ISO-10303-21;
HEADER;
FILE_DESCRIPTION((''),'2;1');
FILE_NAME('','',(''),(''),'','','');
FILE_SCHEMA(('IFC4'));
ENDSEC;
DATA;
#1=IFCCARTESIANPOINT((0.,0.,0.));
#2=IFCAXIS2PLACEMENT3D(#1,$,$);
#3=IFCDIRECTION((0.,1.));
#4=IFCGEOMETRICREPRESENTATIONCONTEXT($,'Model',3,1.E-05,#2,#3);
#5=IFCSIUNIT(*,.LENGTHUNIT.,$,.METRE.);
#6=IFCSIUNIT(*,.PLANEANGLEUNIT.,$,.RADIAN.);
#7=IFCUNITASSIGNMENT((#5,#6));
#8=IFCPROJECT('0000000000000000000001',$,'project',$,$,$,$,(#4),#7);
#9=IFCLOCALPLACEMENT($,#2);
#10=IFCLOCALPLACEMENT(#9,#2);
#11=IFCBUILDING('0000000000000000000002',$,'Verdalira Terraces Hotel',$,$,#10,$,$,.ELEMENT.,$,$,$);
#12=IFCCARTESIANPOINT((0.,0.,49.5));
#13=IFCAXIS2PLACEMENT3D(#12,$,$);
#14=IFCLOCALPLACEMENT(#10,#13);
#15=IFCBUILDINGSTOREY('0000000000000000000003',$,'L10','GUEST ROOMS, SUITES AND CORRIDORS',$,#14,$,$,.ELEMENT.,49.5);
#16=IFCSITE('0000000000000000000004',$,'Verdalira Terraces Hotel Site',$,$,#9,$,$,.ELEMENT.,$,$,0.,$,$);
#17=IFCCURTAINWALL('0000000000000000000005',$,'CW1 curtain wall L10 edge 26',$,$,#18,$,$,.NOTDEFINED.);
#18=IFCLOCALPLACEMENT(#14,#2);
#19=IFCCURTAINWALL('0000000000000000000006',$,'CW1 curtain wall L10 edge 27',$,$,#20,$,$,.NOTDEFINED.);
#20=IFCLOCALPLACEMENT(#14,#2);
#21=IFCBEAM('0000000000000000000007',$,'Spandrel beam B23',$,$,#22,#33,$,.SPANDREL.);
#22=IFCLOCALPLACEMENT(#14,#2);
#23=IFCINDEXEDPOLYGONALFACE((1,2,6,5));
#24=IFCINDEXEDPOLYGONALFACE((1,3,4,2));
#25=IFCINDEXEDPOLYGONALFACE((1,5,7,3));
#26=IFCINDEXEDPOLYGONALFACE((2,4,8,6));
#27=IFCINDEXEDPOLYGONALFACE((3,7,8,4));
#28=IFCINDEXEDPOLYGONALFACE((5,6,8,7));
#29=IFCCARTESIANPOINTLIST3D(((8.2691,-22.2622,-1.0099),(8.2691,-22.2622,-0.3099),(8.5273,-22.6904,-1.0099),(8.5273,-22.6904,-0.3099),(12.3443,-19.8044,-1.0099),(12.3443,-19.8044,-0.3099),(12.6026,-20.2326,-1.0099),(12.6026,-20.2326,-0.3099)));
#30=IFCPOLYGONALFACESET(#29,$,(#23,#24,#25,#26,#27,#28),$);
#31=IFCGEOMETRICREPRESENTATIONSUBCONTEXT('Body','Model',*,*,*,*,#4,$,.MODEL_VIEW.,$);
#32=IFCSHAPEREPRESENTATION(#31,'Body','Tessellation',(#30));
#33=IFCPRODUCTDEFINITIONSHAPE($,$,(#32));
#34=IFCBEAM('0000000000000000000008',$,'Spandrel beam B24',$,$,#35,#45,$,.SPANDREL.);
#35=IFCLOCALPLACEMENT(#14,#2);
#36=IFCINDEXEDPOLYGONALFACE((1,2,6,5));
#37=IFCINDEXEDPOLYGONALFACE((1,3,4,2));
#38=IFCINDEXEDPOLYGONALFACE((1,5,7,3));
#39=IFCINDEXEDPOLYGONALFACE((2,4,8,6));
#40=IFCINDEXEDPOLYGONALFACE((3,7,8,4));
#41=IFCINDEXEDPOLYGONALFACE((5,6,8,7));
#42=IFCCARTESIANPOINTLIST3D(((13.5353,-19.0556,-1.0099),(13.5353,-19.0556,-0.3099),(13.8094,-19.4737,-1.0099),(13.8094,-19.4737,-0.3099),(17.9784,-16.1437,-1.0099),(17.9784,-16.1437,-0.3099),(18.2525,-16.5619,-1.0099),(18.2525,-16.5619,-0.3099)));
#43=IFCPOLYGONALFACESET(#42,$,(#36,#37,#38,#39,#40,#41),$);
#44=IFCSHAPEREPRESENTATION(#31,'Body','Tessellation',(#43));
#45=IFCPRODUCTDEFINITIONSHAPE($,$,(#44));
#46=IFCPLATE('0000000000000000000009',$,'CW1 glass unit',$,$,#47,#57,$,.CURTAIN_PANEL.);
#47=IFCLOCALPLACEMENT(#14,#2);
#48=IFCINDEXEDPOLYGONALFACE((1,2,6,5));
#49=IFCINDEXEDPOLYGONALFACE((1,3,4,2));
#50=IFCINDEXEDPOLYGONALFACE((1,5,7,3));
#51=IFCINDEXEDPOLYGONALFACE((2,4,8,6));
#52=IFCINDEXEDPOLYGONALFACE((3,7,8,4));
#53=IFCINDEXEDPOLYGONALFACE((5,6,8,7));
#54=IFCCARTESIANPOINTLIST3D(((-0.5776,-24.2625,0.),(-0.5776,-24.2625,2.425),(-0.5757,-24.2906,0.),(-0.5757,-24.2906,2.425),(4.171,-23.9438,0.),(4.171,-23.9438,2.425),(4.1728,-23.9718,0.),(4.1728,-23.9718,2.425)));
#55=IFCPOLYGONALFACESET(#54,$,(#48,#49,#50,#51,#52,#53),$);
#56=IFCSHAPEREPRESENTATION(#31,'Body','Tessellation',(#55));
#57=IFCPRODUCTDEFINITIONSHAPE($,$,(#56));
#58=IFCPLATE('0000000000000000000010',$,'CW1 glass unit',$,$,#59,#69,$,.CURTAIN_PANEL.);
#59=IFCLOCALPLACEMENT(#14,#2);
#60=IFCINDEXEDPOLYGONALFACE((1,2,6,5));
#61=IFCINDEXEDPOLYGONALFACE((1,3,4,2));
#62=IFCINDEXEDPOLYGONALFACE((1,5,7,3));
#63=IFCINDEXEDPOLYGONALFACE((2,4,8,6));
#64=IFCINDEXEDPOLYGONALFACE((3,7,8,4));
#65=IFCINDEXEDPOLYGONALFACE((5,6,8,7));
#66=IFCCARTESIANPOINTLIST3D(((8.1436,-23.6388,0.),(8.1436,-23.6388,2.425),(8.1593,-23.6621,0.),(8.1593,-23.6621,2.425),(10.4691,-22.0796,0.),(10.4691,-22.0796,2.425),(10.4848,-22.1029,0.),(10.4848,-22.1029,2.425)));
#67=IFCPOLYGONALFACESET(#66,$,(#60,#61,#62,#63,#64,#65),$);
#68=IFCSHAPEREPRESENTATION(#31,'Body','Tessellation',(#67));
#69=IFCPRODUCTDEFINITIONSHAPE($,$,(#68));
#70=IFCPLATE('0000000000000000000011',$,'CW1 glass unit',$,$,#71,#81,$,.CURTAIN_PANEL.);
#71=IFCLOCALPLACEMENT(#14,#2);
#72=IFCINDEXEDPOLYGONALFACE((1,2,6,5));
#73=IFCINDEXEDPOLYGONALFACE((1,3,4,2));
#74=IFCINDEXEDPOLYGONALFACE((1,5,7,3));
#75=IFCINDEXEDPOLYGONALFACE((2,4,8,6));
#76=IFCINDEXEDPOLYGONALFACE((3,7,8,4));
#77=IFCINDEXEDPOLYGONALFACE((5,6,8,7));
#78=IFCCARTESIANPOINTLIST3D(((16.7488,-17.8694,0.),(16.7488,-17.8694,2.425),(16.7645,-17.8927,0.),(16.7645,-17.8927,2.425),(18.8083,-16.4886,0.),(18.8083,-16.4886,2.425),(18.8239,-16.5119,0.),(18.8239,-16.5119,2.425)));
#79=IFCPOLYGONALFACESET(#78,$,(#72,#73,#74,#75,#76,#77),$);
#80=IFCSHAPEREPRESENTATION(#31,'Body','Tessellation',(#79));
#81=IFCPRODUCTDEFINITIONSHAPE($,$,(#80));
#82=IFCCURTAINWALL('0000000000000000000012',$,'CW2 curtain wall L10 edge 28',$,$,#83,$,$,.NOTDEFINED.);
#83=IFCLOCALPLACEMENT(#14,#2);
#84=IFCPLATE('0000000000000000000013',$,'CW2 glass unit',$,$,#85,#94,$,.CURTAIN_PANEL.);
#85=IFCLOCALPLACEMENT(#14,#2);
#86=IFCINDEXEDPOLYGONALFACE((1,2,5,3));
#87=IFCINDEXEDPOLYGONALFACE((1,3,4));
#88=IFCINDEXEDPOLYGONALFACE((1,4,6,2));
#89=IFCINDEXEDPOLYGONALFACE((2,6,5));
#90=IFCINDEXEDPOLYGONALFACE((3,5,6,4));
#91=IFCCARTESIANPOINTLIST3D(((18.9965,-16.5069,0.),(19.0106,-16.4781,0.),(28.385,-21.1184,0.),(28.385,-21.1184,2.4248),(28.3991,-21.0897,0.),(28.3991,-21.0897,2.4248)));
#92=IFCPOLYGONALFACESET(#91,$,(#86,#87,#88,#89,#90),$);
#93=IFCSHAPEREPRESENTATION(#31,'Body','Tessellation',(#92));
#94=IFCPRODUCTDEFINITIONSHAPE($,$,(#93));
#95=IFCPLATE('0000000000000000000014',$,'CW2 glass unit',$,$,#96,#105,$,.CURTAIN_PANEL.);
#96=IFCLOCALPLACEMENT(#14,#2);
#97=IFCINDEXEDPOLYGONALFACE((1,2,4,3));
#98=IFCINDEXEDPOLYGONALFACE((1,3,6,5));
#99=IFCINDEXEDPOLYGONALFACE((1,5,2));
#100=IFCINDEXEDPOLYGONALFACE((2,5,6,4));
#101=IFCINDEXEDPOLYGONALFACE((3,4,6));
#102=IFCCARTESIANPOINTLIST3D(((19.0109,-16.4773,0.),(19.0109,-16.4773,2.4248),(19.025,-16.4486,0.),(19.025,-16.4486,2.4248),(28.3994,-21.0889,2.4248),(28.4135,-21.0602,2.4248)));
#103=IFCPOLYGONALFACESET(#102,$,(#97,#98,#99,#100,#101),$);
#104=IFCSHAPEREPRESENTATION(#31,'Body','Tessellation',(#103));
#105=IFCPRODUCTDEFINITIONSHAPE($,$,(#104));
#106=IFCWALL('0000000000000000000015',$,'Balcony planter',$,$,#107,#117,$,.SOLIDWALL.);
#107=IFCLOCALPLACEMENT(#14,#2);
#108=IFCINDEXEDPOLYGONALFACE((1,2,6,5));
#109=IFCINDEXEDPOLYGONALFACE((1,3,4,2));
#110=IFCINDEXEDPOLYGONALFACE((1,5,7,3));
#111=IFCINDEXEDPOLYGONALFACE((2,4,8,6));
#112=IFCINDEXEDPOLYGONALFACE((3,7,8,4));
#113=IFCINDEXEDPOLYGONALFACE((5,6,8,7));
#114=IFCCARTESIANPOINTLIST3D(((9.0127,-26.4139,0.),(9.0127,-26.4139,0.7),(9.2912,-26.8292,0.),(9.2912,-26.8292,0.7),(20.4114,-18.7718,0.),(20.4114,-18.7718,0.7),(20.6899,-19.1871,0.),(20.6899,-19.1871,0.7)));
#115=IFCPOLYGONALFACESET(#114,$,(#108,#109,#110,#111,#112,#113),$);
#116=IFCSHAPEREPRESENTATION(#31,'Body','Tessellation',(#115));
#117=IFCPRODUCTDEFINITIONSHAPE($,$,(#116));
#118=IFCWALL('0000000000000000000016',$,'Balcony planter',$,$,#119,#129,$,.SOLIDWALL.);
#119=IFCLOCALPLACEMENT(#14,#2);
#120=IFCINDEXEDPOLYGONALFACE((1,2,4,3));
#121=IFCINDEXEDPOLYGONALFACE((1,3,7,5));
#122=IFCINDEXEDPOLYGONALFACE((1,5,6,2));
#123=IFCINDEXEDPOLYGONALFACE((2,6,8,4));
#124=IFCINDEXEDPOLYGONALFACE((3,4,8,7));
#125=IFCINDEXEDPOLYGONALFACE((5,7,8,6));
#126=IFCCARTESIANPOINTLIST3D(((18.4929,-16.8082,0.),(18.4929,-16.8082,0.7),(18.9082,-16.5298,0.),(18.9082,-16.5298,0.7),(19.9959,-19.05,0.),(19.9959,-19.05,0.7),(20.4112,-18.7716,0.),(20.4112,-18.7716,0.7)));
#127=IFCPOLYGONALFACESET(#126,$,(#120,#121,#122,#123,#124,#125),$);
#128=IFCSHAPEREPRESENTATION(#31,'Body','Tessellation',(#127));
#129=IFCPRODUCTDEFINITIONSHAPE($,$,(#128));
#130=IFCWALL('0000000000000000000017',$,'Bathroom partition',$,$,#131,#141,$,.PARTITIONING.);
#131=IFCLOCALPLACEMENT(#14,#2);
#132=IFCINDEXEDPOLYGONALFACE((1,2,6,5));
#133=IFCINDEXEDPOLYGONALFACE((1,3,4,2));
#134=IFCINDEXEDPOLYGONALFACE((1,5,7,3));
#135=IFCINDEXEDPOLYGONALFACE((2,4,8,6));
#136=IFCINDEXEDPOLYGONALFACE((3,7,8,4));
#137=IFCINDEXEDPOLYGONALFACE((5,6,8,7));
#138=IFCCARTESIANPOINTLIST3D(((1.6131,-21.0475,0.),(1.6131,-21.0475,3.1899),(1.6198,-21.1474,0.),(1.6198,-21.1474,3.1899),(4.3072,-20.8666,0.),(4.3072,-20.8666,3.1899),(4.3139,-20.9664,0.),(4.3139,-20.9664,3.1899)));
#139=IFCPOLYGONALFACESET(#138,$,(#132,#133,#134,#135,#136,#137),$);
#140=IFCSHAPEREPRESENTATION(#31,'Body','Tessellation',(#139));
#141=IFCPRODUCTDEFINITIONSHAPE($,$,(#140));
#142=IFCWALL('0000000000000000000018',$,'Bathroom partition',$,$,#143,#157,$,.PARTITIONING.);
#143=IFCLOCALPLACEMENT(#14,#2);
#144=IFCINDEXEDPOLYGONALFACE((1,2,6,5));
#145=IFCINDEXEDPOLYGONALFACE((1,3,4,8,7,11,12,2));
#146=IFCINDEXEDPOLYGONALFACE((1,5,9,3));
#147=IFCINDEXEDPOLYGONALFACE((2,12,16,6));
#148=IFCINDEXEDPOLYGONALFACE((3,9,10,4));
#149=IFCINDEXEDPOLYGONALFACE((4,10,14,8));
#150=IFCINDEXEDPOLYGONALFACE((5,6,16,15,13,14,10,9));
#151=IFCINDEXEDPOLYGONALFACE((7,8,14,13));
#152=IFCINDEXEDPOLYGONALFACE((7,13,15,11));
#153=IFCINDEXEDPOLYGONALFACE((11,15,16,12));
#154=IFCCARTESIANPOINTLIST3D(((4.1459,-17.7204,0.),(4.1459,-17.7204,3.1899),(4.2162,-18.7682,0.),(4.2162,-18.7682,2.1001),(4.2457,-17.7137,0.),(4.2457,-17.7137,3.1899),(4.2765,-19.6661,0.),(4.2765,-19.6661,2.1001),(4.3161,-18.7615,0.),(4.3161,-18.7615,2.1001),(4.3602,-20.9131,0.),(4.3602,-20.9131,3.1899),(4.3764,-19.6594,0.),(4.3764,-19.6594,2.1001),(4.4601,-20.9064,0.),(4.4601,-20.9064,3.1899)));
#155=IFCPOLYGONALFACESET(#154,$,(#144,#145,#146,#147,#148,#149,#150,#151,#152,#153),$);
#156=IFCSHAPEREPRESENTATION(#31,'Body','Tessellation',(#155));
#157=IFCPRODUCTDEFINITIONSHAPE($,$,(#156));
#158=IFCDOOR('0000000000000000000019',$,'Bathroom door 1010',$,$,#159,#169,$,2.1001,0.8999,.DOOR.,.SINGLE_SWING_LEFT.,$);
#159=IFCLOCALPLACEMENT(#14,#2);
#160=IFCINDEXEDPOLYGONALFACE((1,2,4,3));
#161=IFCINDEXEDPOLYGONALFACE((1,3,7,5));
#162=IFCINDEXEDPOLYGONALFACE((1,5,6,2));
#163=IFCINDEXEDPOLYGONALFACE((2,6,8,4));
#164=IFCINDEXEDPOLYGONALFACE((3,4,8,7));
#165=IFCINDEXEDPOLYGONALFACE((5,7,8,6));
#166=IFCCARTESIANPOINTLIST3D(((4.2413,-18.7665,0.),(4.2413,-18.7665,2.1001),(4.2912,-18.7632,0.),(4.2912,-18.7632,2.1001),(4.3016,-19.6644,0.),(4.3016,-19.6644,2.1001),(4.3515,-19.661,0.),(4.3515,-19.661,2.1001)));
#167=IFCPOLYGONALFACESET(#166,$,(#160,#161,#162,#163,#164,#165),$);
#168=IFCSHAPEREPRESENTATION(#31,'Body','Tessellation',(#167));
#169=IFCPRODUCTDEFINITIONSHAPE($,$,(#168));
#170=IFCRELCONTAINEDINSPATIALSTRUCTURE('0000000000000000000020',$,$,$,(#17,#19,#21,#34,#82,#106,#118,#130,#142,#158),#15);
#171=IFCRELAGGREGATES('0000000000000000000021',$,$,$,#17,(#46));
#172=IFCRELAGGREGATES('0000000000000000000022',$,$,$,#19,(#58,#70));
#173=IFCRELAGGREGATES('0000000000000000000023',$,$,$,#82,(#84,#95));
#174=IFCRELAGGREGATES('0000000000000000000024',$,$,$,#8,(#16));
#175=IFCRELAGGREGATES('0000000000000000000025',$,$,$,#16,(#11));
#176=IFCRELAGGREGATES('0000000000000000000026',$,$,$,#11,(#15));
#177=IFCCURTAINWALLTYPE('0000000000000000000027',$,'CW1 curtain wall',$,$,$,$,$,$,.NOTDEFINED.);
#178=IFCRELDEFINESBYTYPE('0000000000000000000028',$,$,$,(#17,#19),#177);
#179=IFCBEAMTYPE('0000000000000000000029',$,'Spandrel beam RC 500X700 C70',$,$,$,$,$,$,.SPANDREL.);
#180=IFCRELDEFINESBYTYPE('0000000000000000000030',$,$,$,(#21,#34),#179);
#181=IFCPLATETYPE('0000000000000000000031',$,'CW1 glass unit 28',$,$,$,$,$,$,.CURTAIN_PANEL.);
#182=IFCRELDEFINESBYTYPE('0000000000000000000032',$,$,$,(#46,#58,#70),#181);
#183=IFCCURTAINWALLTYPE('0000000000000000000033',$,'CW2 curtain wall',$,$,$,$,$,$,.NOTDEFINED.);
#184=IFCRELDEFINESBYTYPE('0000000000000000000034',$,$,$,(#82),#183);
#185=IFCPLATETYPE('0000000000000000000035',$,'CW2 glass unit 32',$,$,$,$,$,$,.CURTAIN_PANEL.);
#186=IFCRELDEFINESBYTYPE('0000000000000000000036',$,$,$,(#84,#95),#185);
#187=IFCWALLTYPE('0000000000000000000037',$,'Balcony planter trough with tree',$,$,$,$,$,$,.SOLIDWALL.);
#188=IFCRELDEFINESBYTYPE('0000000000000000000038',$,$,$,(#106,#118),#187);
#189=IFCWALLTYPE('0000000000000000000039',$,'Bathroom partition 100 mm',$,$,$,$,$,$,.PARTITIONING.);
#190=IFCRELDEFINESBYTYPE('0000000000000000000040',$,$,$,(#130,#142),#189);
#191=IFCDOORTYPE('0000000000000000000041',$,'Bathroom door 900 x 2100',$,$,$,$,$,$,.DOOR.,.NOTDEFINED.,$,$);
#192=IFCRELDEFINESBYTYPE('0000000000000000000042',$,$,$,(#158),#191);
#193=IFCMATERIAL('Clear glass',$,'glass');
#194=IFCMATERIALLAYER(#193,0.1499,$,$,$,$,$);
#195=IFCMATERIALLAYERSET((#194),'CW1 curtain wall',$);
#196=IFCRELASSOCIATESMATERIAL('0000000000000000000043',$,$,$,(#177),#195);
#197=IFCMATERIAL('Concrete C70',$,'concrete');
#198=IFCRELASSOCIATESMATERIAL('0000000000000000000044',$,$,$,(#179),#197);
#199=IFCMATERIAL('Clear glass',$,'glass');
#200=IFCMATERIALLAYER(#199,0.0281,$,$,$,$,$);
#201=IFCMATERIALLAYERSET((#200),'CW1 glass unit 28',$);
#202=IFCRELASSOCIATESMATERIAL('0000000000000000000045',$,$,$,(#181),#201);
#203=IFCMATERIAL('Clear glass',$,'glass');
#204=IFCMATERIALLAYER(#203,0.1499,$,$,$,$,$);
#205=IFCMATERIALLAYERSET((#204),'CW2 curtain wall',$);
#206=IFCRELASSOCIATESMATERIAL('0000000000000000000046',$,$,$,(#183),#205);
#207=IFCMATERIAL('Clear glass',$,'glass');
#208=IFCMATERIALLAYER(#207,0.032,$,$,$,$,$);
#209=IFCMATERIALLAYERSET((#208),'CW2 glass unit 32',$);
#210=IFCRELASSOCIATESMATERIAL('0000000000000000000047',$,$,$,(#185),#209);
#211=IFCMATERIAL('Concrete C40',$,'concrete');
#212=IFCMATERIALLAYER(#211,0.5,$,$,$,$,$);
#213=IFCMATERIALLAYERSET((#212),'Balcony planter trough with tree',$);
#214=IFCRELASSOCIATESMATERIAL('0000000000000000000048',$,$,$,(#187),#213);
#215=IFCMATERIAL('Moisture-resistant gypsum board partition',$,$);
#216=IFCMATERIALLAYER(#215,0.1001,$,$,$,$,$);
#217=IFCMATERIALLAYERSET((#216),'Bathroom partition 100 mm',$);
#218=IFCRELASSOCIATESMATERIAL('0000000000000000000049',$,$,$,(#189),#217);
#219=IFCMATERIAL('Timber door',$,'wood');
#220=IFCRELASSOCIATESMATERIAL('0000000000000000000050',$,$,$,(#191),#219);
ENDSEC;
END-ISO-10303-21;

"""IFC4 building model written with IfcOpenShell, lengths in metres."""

from ifc_helpers import new_model, si_unit, direction, frame, frame_2d, origin, origin_2d, place, context, subcontext, project, spatial, polyline, rectangle, outline, extrude, material, layer, layer_set, material_profile, profile_set, type_object, element, fill, aggregate, save


model = new_model("IFC4")

# Units and contexts
model_context = context("Model", 3, precision=1e-05, world=origin(), true_north=direction((0.0, 1.0)))
body_context = subcontext(model_context, "Body", "Model", "MODEL_VIEW")
ifc_project = project(units=[si_unit("LENGTHUNIT", "METRE"), si_unit("PLANEANGLEUNIT", "RADIAN")], contexts=[model_context])

# Site, building, storey
site_placement = place(None, origin())
site = spatial("IfcSite", under=ifc_project, at=site_placement, Name="Verdalira Terraces Hotel Site", CompositionType="ELEMENT", RefElevation=0.0)
building_placement = place(site_placement, origin())
building = spatial("IfcBuilding", under=site, at=building_placement, Name="Verdalira Terraces Hotel", CompositionType="ELEMENT")
storey_placement = place(building_placement, frame((0.0, 0.0, 49.5)))
storey = spatial("IfcBuildingStorey", under=building, at=storey_placement, Name="L10", Description="GUEST ROOMS, SUITES AND CORRIDORS", CompositionType="ELEMENT", Elevation=49.5)

# Curtain wall
ifc_material_1 = material(Name="Clear glass", Category="glass")
ifc_layer_1 = layer(ifc_material_1, 0.1499)
ifc_layer_set_1 = layer_set([ifc_layer_1], Name="CW1 curtain wall")
curtain_wall_type_1 = type_object("IfcCurtainWallType", Name="CW1 curtain wall", PredefinedType="NOTDEFINED", material=ifc_layer_set_1)
curtain_wall_1_placement = place(storey_placement, origin())
curtain_wall_1 = element("IfcCurtainWall", 1, at=curtain_wall_1_placement, inside=storey, type_object=curtain_wall_type_1, Name="CW1 curtain wall L10 edge 26", PredefinedType="NOTDEFINED")

# Curtain wall
curtain_wall_2_placement = place(storey_placement, origin())
curtain_wall_2 = element("IfcCurtainWall", 2, at=curtain_wall_2_placement, inside=storey, type_object=curtain_wall_type_1, Name="CW1 curtain wall L10 edge 27", PredefinedType="NOTDEFINED")

# Beams
ifc_material_2 = material(Name="Concrete C70", Category="concrete")
ifc_material_profile_1 = material_profile(ifc_material_2, rectangle(XDim=0.5, YDim=0.7, at=origin_2d()), Name="RC 500X700")
ifc_profile_set_1 = profile_set([ifc_material_profile_1], Name="Concrete C70")
beam_type_1 = type_object("IfcBeamType", Name="Spandrel beam RC 500X700 C70", PredefinedType="SPANDREL", material=ifc_profile_set_1)
beam_1_placement = place(storey_placement, frame((8.3982, -22.4763, -0.6599), z_axis=(0.856318, 0.516448, 0.0), x_axis=(-0.516448, 0.856318, 0.0)))
element("IfcBeam", 3, at=beam_1_placement, inside=storey, type_object=beam_type_1, Name="Spandrel beam B23", PredefinedType="SPANDREL", context=body_context, shape_type="SweptSolid", body=[
    extrude(rectangle(XDim=0.5, YDim=0.7, at=origin_2d()), origin(), (0.0, 0.0, 1.0), 4.759),
])
beam_2_placement = place(storey_placement, frame((13.6724, -19.2646, -0.6599), z_axis=(0.836387, 0.548139, 0.0), x_axis=(-0.548139, 0.836387, 0.0)))
element("IfcBeam", 4, at=beam_2_placement, inside=storey, type_object=beam_type_1, Name="Spandrel beam B24", PredefinedType="SPANDREL", context=body_context, shape_type="SweptSolid", body=[
    extrude(rectangle(XDim=0.5, YDim=0.7, at=origin_2d()), origin(), (0.0, 0.0, 1.0), 5.3123),
])

# Plates
ifc_material_3 = material(Name="Clear glass", Category="glass")
ifc_layer_2 = layer(ifc_material_3, 0.0281)
ifc_layer_set_2 = layer_set([ifc_layer_2], Name="CW1 glass unit 28")
plate_type_1 = type_object("IfcPlateType", Name="CW1 glass unit 28", PredefinedType="CURTAIN_PANEL", material=ifc_layer_set_2)
plate_1_placement = place(storey_placement, frame((1.7976, -24.1172, 0.0), z_axis=(0.0, 0.0, 1.0), x_axis=(0.997755, 0.06697, 0.0)))
plate_1 = element("IfcPlate", 5, at=plate_1_placement, type_object=plate_type_1, Name="CW1 glass unit", PredefinedType="CURTAIN_PANEL", context=body_context, shape_type="SweptSolid", body=[
    extrude(rectangle(XDim=4.7593, YDim=0.0281, at=origin_2d()), origin(), (0.0, 0.0, 1.0), 2.425),
])
aggregate(curtain_wall_1, [plate_1])
plate_2_placement = place(storey_placement, frame((9.3142, -22.8709, 0.0), z_axis=(0.0, 0.0, 1.0), x_axis=(0.830596, 0.556876, 0.0)))
plate_2 = element("IfcPlate", 6, at=plate_2_placement, type_object=plate_type_1, Name="CW1 glass unit", PredefinedType="CURTAIN_PANEL", context=body_context, shape_type="SweptSolid", body=[
    extrude(rectangle(XDim=2.7998, YDim=0.0281, at=origin_2d()), origin(), (0.0, 0.0, 1.0), 2.425),
])
plate_3_placement = place(storey_placement, frame((17.7864, -17.1907, 0.0), z_axis=(0.0, 0.0, 1.0), x_axis=(0.830596, 0.556876, 0.0)))
plate_3 = element("IfcPlate", 7, at=plate_3_placement, type_object=plate_type_1, Name="CW1 glass unit", PredefinedType="CURTAIN_PANEL", context=body_context, shape_type="SweptSolid", body=[
    extrude(rectangle(XDim=2.4795, YDim=0.0281, at=origin_2d()), origin(), (0.0, 0.0, 1.0), 2.425),
])
aggregate(curtain_wall_2, [plate_2, plate_3])

# Curtain wall, plates
ifc_material_4 = material(Name="Clear glass", Category="glass")
ifc_layer_3 = layer(ifc_material_4, 0.1499)
ifc_layer_set_3 = layer_set([ifc_layer_3], Name="CW2 curtain wall")
curtain_wall_type_2 = type_object("IfcCurtainWallType", Name="CW2 curtain wall", PredefinedType="NOTDEFINED", material=ifc_layer_set_3)
curtain_wall_3_placement = place(storey_placement, origin())
curtain_wall_3 = element("IfcCurtainWall", 8, at=curtain_wall_3_placement, inside=storey, type_object=curtain_wall_type_2, Name="CW2 curtain wall L10 edge 28", PredefinedType="NOTDEFINED")
ifc_material_5 = material(Name="Clear glass", Category="glass")
ifc_layer_4 = layer(ifc_material_5, 0.032)
ifc_layer_set_4 = layer_set([ifc_layer_4], Name="CW2 glass unit 32")
plate_type_2 = type_object("IfcPlateType", Name="CW2 glass unit 32", PredefinedType="CURTAIN_PANEL", material=ifc_layer_set_4)
plate_4_placement = place(storey_placement, frame((23.7048, -18.7839, 1.2124), z_axis=(-0.440879, -0.897566, 0.0), x_axis=(0.897566, -0.440879, 0.0)))
plate_4 = element("IfcPlate", 9, at=plate_4_placement, type_object=plate_type_2, Name="CW2 glass unit", PredefinedType="CURTAIN_PANEL", context=body_context, shape_type="SweptSolid", body=[
    extrude(outline(polyline([(-5.23, -1.2124), (5.23, -1.2124), (5.23, 1.2124), (-5.23, -1.2124)])), origin(), (0.0, 0.0, 1.0), 0.032),
])
plate_5_placement = place(storey_placement, frame((23.7192, -18.7544, 1.2124), z_axis=(-0.440879, -0.897566, 0.0), x_axis=(0.897566, -0.440879, 0.0)))
plate_5 = element("IfcPlate", 10, at=plate_5_placement, type_object=plate_type_2, Name="CW2 glass unit", PredefinedType="CURTAIN_PANEL", context=body_context, shape_type="SweptSolid", body=[
    extrude(outline(polyline([(-5.23, -1.2124), (5.23, 1.2124), (-5.23, 1.2124), (-5.23, -1.2124)])), origin(), (0.0, 0.0, 1.0), 0.032),
])
aggregate(curtain_wall_3, [plate_4, plate_5])

# Walls
ifc_material_6 = material(Name="Concrete C40", Category="concrete")
ifc_layer_5 = layer(ifc_material_6, 0.5)
ifc_layer_set_5 = layer_set([ifc_layer_5], Name="Balcony planter trough with tree")
wall_type_1 = type_object("IfcWallType", Name="Balcony planter trough with tree", PredefinedType="SOLIDWALL", material=ifc_layer_set_5)
wall_1_placement = place(storey_placement, frame((9.1519, -26.6216, 0.0), z_axis=(0.0, 0.0, 1.0), x_axis=(0.830602, 0.556866, 0.0)))
element("IfcWall", 11, at=wall_1_placement, inside=storey, type_object=wall_type_1, Name="Balcony planter", PredefinedType="SOLIDWALL", context=body_context, shape_type="SweptSolid", body=[
    extrude(rectangle(XDim=13.7234, YDim=0.5, at=frame_2d((6.8618, 0.0))), origin(), (0.0, 0.0, 1.0), 0.7),
])
wall_2_placement = place(storey_placement, frame((20.2036, -18.9109, 0.0), z_axis=(0.0, 0.0, 1.0), x_axis=(-0.556869, 0.8306, 0.0)))
element("IfcWall", 12, at=wall_2_placement, inside=storey, type_object=wall_type_1, Name="Balcony planter", PredefinedType="SOLIDWALL", context=body_context, shape_type="SweptSolid", body=[
    extrude(rectangle(XDim=2.699, YDim=0.5, at=frame_2d((1.3496, 0.0))), origin(), (0.0, 0.0, 1.0), 0.7),
])
ifc_material_7 = material(Name="Moisture-resistant gypsum board partition")
ifc_layer_6 = layer(ifc_material_7, 0.1001)
ifc_layer_set_6 = layer_set([ifc_layer_6], Name="Bathroom partition 100 mm")
wall_type_2 = type_object("IfcWallType", Name="Bathroom partition 100 mm", PredefinedType="PARTITIONING", material=ifc_layer_set_6)
wall_3_placement = place(storey_placement, frame((4.3105, -20.9165, 0.0), z_axis=(0.0, 0.0, 1.0), x_axis=(-0.997753, -0.066999, 0.0)))
element("IfcWall", 13, at=wall_3_placement, inside=storey, type_object=wall_type_2, Name="Bathroom partition", PredefinedType="PARTITIONING", context=body_context, shape_type="SweptSolid", body=[
    extrude(rectangle(XDim=2.7002, YDim=0.1001, at=frame_2d((1.3501, 0.0))), origin(), (0.0, 0.0, 1.0), 3.1899),
])

# Wall, opening, door
wall_4_placement = place(storey_placement, frame((4.4102, -20.9099, 0.0), z_axis=(0.0, 0.0, 1.0), x_axis=(-0.066985, 0.997754, 0.0)))
wall_4 = element("IfcWall", 14, at=wall_4_placement, inside=storey, type_object=wall_type_2, Name="Bathroom partition", PredefinedType="PARTITIONING", context=body_context, shape_type="SweptSolid", body=[
    extrude(rectangle(XDim=3.2, YDim=0.1001, at=frame_2d((1.6001, 0.0))), origin(), (0.0, 0.0, 1.0), 3.1899),
])
opening_1_placement = place(wall_4_placement, frame((1.25, 0.0, 0.0)))
opening_1 = element("IfcOpeningElement", 15, at=opening_1_placement, cuts=wall_4, PredefinedType="OPENING", context=body_context, shape_type="SweptSolid", body=[
    extrude(rectangle(XDim=0.8999, YDim=2.1001, at=frame_2d((0.45, 1.05))), frame((0.0, 0.0601, 0.0), z_axis=(0.0, -1.0, 0.0), x_axis=(1.0, 0.0, 0.0)), (0.0, 0.0, 1.0), 0.1201),
])
ifc_material_8 = material(Name="Timber door", Category="wood")
door_type_1 = type_object("IfcDoorType", Name="Bathroom door 900 x 2100", OperationType="NOTDEFINED", PredefinedType="DOOR", material=ifc_material_8)
door_1_placement = place(opening_1_placement, origin())
door_1 = element("IfcDoor", 16, at=door_1_placement, inside=storey, type_object=door_type_1, Name="Bathroom door 1010", OperationType="SINGLE_SWING_LEFT", OverallHeight=2.1001, OverallWidth=0.8999, PredefinedType="DOOR", context=body_context, shape_type="SweptSolid", body=[
    extrude(rectangle(XDim=0.8999, YDim=2.1001, at=frame_2d((0.45, 1.05))), frame((0.0, 0.0249, 0.0), z_axis=(0.0, -1.0, 0.0), x_axis=(1.0, 0.0, 0.0)), (0.0, 0.0, 1.0), 0.05),
])
fill(opening_1, door_1)

save(model, "model.ifc")
